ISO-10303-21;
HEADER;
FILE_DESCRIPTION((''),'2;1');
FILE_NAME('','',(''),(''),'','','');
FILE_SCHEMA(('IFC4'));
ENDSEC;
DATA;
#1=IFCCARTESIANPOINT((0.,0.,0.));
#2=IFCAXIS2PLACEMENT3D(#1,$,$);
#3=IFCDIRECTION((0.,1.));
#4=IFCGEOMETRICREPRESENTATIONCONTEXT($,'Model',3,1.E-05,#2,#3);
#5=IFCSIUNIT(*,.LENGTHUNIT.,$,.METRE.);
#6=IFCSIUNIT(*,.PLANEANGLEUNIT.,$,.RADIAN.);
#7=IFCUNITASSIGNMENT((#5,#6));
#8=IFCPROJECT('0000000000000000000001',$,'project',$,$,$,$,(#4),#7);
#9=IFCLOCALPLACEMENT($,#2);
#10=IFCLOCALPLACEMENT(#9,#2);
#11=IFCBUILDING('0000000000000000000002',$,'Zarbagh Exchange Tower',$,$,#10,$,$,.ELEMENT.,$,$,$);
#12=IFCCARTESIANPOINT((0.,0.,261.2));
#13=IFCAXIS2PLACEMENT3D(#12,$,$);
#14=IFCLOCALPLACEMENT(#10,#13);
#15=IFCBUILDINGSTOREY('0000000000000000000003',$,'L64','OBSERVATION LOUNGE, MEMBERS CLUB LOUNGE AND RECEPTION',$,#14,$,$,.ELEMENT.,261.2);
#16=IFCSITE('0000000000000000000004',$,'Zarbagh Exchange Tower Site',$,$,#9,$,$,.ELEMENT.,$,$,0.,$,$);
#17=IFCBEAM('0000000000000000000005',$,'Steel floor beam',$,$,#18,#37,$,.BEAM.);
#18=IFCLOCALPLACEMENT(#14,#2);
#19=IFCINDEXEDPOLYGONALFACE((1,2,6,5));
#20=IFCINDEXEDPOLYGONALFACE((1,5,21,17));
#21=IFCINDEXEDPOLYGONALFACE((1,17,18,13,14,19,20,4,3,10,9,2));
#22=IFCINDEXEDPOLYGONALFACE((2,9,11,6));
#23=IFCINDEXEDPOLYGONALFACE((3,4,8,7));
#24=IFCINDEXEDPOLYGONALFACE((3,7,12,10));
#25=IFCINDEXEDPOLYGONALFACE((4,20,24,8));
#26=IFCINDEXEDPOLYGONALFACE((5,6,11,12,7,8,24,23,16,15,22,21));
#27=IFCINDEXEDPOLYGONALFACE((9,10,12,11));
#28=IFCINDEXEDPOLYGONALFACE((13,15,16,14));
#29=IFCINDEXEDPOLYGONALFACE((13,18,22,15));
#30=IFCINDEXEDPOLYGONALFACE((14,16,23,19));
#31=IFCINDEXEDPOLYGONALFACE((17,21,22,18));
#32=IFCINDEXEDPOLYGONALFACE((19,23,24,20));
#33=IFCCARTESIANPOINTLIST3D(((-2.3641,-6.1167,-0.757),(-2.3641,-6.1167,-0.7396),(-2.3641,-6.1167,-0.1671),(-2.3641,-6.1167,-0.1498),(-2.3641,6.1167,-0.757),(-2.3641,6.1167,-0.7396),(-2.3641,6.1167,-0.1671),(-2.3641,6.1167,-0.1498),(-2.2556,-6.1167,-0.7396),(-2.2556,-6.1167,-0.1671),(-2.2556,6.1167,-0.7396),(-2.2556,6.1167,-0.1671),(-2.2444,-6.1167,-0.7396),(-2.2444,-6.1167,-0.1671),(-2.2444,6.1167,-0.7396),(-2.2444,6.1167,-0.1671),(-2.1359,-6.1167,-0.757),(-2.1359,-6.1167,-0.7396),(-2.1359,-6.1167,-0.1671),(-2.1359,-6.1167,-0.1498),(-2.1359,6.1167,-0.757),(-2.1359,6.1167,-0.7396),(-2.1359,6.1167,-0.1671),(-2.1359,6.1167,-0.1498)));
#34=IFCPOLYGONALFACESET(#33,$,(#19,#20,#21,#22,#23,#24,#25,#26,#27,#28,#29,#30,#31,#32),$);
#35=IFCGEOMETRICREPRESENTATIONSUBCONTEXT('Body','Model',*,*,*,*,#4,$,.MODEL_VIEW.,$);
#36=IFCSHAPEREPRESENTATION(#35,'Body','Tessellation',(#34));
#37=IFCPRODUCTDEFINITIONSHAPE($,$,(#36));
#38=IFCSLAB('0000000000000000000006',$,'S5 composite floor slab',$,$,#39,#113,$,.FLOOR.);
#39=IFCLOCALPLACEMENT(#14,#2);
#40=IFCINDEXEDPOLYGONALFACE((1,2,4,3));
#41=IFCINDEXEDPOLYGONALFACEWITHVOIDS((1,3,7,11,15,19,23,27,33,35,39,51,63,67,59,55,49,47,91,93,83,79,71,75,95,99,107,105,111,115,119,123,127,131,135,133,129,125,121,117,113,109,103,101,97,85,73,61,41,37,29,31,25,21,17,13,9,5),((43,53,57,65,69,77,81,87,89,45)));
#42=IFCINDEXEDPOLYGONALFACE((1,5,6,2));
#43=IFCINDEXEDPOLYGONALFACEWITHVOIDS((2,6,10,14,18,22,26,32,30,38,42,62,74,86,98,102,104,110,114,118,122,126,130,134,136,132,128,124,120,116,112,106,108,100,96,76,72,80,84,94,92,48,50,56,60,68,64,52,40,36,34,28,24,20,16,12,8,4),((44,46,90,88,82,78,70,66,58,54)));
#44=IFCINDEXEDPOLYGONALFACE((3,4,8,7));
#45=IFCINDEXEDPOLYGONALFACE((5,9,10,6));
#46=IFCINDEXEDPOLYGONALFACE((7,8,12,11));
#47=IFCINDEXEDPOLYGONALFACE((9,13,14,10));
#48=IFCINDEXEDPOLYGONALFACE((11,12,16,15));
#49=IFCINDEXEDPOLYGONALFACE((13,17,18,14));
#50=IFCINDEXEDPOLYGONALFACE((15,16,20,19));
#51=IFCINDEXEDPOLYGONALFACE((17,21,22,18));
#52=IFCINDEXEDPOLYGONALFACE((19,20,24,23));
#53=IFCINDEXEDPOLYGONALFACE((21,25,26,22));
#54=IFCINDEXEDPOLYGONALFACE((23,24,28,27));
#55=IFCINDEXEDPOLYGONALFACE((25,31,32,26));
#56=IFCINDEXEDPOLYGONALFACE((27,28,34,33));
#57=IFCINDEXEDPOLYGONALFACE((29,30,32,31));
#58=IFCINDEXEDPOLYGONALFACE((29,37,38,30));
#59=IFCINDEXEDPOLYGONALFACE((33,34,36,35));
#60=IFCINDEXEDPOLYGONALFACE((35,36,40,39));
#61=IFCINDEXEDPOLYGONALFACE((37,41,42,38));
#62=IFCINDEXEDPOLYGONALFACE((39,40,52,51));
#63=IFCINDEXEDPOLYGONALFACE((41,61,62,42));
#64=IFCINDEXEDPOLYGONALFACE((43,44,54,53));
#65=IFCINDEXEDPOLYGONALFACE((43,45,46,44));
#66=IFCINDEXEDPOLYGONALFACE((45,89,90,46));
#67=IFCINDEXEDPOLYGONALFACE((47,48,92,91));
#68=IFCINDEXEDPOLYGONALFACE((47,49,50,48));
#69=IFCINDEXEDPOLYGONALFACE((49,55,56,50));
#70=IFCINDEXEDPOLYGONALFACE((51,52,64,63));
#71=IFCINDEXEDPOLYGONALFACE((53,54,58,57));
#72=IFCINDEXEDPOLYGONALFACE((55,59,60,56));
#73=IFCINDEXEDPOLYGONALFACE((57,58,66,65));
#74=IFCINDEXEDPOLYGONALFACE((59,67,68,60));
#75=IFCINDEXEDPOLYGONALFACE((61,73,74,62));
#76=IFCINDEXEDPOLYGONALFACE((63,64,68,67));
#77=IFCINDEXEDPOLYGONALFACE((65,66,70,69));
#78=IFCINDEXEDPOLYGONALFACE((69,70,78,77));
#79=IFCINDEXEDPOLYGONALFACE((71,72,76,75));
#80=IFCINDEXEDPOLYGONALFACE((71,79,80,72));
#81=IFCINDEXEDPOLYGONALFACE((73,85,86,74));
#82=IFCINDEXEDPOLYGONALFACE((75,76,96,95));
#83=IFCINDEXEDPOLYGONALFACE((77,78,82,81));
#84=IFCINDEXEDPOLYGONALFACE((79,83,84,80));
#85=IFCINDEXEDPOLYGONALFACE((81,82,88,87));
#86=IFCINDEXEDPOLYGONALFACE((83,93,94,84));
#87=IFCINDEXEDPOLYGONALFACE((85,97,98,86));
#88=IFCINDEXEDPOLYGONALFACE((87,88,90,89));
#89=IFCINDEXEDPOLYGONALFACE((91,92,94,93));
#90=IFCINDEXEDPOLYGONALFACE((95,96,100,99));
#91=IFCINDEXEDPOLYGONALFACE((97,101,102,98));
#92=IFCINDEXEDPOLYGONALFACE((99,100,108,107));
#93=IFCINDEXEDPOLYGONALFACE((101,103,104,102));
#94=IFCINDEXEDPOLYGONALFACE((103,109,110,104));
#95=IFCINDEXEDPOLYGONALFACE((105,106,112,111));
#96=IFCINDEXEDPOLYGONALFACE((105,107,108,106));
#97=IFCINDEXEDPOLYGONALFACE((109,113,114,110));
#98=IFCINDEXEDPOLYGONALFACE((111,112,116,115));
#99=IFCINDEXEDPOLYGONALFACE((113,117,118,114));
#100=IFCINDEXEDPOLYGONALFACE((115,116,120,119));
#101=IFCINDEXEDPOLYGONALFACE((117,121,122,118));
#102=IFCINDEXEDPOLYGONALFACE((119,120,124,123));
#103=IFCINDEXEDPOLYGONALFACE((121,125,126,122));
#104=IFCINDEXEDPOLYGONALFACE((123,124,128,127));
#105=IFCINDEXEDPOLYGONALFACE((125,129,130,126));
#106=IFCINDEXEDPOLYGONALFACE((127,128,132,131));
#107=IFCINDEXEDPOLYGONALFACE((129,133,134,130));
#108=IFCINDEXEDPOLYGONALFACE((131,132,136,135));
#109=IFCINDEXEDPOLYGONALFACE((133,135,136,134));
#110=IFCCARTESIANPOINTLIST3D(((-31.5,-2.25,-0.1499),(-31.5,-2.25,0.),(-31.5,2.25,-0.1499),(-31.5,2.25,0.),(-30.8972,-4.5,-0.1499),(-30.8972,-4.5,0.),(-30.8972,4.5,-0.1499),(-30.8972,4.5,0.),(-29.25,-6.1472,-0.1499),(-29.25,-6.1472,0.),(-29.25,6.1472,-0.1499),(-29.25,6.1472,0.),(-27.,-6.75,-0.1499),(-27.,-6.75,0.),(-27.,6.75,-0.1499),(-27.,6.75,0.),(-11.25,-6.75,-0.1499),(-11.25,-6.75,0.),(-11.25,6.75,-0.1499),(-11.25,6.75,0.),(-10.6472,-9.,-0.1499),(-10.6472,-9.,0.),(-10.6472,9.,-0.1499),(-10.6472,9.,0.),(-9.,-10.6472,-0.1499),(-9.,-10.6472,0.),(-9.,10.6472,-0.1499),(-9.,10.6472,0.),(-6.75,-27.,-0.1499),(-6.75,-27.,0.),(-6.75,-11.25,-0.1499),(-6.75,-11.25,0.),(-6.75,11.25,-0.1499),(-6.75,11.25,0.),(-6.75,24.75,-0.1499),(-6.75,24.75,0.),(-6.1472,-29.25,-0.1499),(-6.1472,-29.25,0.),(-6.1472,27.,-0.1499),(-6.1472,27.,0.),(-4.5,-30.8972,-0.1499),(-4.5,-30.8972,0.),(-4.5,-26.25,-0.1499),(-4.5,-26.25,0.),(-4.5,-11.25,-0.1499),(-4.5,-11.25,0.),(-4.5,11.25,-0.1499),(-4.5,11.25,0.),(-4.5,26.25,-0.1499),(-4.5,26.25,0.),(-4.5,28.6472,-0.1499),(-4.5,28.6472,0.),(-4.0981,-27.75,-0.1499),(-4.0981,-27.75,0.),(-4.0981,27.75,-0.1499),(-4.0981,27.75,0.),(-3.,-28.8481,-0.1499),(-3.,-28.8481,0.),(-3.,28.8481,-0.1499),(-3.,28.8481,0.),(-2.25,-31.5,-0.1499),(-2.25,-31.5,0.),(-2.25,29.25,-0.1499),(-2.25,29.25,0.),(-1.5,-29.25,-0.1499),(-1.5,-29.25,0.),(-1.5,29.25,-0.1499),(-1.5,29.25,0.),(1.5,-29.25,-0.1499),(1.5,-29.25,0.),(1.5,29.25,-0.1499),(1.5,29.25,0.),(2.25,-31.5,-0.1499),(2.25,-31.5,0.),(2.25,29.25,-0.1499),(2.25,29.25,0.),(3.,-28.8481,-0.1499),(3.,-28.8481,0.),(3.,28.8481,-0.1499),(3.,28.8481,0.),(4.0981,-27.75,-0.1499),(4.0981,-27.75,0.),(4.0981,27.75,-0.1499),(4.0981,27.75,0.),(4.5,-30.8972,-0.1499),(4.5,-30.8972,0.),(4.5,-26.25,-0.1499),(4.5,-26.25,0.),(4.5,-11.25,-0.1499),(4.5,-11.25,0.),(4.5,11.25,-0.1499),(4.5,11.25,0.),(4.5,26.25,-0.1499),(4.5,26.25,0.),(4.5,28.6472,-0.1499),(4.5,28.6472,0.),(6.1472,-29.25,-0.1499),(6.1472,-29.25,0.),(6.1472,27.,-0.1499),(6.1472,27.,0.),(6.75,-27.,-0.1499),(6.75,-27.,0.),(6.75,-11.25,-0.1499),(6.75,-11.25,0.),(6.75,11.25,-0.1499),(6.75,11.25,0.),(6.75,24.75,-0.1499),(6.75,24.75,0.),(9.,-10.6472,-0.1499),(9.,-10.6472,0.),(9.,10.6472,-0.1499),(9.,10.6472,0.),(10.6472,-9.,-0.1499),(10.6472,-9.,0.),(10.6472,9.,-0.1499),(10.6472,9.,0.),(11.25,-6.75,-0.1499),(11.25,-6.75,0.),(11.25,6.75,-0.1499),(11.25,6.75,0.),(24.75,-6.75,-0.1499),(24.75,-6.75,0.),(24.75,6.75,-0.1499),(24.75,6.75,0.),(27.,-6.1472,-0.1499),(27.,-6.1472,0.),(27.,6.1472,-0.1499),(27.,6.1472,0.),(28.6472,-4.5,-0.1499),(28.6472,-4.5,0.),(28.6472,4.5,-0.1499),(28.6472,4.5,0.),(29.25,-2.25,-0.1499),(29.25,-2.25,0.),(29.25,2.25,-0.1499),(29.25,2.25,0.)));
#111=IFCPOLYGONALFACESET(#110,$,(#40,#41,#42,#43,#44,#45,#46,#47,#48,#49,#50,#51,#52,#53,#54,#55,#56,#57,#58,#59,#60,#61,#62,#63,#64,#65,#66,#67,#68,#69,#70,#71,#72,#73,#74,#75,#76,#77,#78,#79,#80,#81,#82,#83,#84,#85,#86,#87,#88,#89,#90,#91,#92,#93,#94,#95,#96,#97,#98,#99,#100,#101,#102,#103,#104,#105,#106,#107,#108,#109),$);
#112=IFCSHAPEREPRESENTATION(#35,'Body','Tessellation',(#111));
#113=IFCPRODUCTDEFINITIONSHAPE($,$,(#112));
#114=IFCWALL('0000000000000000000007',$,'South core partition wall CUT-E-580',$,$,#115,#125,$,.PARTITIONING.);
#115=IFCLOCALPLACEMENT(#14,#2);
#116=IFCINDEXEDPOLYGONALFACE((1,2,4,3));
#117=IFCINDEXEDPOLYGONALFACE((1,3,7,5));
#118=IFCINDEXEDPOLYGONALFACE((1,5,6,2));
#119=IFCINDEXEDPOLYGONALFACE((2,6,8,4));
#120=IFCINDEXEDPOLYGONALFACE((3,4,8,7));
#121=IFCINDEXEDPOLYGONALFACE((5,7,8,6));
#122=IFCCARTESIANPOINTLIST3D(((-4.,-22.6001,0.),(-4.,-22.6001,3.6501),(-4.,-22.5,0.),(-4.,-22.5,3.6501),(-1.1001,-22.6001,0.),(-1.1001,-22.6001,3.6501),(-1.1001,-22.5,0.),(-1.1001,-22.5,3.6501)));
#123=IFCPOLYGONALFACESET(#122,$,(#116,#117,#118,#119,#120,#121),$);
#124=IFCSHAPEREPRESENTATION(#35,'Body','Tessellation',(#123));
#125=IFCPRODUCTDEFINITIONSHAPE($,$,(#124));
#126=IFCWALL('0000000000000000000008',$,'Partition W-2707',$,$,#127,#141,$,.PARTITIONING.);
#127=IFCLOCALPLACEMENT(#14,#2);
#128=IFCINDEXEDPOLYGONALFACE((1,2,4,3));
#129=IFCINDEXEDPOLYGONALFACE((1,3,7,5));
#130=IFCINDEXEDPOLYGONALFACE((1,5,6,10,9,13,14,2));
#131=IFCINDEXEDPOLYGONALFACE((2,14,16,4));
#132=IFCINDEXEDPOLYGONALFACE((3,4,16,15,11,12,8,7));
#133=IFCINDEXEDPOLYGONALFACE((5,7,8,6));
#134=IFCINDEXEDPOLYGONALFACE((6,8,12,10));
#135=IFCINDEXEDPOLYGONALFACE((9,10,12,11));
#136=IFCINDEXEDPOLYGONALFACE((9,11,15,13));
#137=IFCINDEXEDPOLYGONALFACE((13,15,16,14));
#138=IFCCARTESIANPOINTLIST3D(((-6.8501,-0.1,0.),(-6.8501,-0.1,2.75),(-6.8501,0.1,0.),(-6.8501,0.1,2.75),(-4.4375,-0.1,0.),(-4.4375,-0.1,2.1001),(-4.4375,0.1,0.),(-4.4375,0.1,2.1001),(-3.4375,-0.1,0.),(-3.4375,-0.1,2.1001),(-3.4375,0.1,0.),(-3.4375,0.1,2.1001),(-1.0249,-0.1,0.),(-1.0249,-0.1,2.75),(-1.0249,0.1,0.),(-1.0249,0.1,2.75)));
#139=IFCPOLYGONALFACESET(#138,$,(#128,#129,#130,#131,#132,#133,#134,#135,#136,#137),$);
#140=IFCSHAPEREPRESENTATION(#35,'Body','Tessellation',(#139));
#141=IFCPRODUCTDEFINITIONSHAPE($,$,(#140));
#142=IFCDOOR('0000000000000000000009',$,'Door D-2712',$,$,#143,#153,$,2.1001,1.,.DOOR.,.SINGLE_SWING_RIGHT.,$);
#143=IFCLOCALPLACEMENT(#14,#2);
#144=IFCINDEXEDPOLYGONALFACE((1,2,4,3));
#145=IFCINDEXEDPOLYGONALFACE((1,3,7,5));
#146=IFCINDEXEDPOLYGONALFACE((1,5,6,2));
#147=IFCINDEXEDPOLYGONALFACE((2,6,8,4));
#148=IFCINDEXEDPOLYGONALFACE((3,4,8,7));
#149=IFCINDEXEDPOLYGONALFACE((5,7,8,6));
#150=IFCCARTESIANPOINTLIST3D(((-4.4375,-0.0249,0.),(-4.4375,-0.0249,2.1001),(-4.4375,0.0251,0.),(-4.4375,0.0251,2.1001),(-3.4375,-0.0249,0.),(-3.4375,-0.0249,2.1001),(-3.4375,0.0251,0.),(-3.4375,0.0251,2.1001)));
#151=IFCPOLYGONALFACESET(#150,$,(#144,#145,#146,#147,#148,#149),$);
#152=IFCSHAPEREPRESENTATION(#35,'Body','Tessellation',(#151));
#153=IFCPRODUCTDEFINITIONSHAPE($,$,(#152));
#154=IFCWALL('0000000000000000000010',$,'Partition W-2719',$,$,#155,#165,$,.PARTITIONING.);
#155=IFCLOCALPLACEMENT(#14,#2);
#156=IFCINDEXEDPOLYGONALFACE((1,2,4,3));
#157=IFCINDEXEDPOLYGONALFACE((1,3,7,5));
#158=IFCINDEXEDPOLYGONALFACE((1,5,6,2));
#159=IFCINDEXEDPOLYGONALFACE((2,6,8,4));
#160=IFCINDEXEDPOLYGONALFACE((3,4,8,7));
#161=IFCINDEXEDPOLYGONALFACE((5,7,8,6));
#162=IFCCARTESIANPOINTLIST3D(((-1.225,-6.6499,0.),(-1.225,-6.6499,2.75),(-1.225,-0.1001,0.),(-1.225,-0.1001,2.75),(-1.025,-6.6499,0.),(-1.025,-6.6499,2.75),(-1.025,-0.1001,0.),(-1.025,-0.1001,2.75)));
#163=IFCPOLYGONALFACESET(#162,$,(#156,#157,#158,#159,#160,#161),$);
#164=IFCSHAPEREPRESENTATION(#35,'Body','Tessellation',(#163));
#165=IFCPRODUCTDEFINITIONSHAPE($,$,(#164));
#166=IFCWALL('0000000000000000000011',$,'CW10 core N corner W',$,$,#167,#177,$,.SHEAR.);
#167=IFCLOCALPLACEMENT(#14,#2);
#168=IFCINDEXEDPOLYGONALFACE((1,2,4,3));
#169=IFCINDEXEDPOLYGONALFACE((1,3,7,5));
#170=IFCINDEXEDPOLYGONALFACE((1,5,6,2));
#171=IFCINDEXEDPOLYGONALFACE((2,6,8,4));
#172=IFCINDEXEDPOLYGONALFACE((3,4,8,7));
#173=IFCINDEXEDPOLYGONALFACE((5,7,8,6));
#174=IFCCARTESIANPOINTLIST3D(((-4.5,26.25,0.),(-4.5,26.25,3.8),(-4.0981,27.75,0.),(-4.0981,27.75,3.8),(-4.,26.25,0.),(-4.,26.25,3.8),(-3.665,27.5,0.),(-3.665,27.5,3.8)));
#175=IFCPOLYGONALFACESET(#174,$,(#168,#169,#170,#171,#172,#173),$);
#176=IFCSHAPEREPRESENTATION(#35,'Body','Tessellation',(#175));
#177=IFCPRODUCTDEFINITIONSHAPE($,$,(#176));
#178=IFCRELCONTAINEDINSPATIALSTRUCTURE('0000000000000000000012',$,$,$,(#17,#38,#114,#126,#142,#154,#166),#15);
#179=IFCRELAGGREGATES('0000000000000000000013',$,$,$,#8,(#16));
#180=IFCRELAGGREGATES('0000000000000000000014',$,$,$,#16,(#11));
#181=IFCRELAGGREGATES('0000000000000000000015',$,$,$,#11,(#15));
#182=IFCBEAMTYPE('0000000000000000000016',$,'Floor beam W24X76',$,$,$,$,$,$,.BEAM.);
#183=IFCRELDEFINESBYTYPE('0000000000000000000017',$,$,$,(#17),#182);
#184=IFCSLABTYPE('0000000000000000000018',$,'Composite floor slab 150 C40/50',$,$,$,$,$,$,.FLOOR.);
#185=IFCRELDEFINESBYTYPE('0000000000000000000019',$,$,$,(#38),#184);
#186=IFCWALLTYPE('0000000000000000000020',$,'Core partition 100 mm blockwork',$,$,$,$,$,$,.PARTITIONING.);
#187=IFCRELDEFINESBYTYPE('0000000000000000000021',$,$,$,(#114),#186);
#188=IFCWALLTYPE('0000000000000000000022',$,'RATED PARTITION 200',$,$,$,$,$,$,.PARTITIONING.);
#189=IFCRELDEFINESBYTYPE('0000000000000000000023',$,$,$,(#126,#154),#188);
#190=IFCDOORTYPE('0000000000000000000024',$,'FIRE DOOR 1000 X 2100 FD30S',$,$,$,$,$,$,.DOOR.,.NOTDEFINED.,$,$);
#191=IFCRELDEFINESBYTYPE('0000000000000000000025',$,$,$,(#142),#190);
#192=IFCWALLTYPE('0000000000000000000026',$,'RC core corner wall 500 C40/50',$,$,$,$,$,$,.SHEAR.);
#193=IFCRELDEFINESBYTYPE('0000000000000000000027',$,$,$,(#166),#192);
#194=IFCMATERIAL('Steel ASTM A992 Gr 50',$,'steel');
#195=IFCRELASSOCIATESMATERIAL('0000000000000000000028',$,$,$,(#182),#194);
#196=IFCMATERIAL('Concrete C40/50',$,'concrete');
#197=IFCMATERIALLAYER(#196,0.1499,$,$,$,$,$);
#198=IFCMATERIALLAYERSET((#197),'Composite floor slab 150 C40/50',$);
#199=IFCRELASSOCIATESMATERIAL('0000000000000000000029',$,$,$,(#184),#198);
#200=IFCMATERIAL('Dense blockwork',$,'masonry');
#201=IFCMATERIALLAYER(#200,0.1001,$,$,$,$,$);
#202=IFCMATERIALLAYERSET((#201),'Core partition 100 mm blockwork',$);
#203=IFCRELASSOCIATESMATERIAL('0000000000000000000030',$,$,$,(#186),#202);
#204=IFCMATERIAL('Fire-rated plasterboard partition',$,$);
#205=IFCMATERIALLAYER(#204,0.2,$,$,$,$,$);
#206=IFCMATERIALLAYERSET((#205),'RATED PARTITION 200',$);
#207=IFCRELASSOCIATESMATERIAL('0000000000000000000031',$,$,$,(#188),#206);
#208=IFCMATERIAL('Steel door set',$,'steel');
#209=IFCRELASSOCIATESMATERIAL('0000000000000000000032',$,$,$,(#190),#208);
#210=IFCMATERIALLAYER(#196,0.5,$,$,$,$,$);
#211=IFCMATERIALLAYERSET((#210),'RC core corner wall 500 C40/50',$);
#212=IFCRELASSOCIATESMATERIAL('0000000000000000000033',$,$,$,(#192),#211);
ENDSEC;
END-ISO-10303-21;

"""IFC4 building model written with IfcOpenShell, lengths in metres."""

from ifc_helpers import new_model, si_unit, direction, frame, frame_2d, origin, origin_2d, place, context, subcontext, project, spatial, polyline, rectangle, i_section, outline, extrude, material, layer, layer_set, material_profile, profile_set, type_object, element, fill, save


model = new_model("IFC4")

# Units and contexts
model_context = context("Model", 3, precision=1e-05, world=origin(), true_north=direction((0.0, 1.0)))
body_context = subcontext(model_context, "Body", "Model", "MODEL_VIEW")
ifc_project = project(units=[si_unit("LENGTHUNIT", "METRE"), si_unit("PLANEANGLEUNIT", "RADIAN")], contexts=[model_context])

# Site, building, storey
site_placement = place(None, origin())
site = spatial("IfcSite", under=ifc_project, at=site_placement, Name="Zarbagh Exchange Tower Site", CompositionType="ELEMENT", RefElevation=0.0)
building_placement = place(site_placement, origin())
building = spatial("IfcBuilding", under=site, at=building_placement, Name="Zarbagh Exchange Tower", CompositionType="ELEMENT")
storey_placement = place(building_placement, frame((0.0, 0.0, 261.2)))
storey = spatial("IfcBuildingStorey", under=building, at=storey_placement, Name="L64", Description="OBSERVATION LOUNGE, MEMBERS CLUB LOUNGE AND RECEPTION", CompositionType="ELEMENT", Elevation=261.2)

# Beam
ifc_material_1 = material(Name="Steel ASTM A992 Gr 50", Category="steel")
ifc_material_profile = material_profile(ifc_material_1, i_section(OverallWidth=0.2283, OverallDepth=0.6072, WebThickness=0.0112, FlangeThickness=0.0173, at=origin_2d()), Name="W24X76")
ifc_profile_set = profile_set([ifc_material_profile], Name="Steel ASTM A992 Gr 50")
beam_type = type_object("IfcBeamType", Name="Floor beam W24X76", PredefinedType="BEAM", material=ifc_profile_set)
beam_placement = place(storey_placement, frame((-2.25, -6.1167, -0.4534), z_axis=(0.0, 1.0, 0.0), x_axis=(-1.0, 0.0, 0.0)))
element("IfcBeam", 1, at=beam_placement, inside=storey, type_object=beam_type, Name="Steel floor beam", PredefinedType="BEAM", context=body_context, shape_type="SweptSolid", body=[
    extrude(i_section(OverallWidth=0.2283, OverallDepth=0.6072, WebThickness=0.0112, FlangeThickness=0.0173, at=origin_2d()), origin(), (0.0, 0.0, 1.0), 12.2334),
])

# Slab
ifc_material_2 = material(Name="Concrete C40/50", Category="concrete")
ifc_layer_1 = layer(ifc_material_2, 0.1499)
ifc_layer_set_1 = layer_set([ifc_layer_1], Name="Composite floor slab 150 C40/50")
slab_type = type_object("IfcSlabType", Name="Composite floor slab 150 C40/50", PredefinedType="FLOOR", material=ifc_layer_set_1)
slab_placement = place(storey_placement, frame((0.0, 0.0, -0.1499)))
element("IfcSlab", 2, at=slab_placement, inside=storey, type_object=slab_type, Name="S5 composite floor slab", PredefinedType="FLOOR", context=body_context, shape_type="SweptSolid", body=[
    extrude(outline(polyline([(-2.25, -31.5), (-4.5, -30.8972), (-6.1472, -29.25), (-6.75, -27.0), (-6.75, -11.25), (-9.0, -10.6472), (-10.6472, -9.0), (-11.25, -6.75), (-27.0, -6.75), (-29.25, -6.1472), (-30.8972, -4.5), (-31.5, -2.25), (-31.5, 2.25), (-30.8972, 4.5), (-29.25, 6.1472), (-27.0, 6.75), (-11.25, 6.75), (-10.6472, 9.0), (-9.0, 10.6472), (-6.75, 11.25), (-6.75, 24.75), (-6.1472, 27.0), (-4.5, 28.6472), (-2.25, 29.25), (-1.5, 29.25), (-3.0, 28.8481), (-4.0981, 27.75), (-4.5, 26.25), (-4.5, 11.25), (4.5, 11.25), (4.5, 26.25), (4.0981, 27.75), (3.0, 28.8481), (1.5, 29.25), (2.25, 29.25), (4.5, 28.6472), (6.1472, 27.0), (6.75, 24.75), (6.75, 11.25), (9.0, 10.6472), (10.6472, 9.0), (11.25, 6.75), (24.75, 6.75), (27.0, 6.1472), (28.6472, 4.5), (29.25, 2.25), (29.25, -2.25), (28.6472, -4.5), (27.0, -6.1472), (24.75, -6.75), (11.25, -6.75), (10.6472, -9.0), (9.0, -10.6472), (6.75, -11.25), (6.75, -27.0), (6.1472, -29.25), (4.5, -30.8972), (2.25, -31.5), (-2.25, -31.5)]), holes=[polyline([(-1.5, -29.25), (1.5, -29.25), (3.0, -28.8481), (4.0981, -27.75), (4.5, -26.25), (4.5, -11.25), (-4.5, -11.25), (-4.5, -26.25), (-4.0981, -27.75), (-3.0, -28.8481), (-1.5, -29.25)])]), origin(), (0.0, 0.0, 1.0), 0.1499),
])

# Wall
ifc_material_3 = material(Name="Dense blockwork", Category="masonry")
ifc_layer_2 = layer(ifc_material_3, 0.1001)
ifc_layer_set_2 = layer_set([ifc_layer_2], Name="Core partition 100 mm blockwork")
wall_type_1 = type_object("IfcWallType", Name="Core partition 100 mm blockwork", PredefinedType="PARTITIONING", material=ifc_layer_set_2)
wall_1_placement = place(storey_placement, frame((-1.1001, -22.55, 0.0), z_axis=(0.0, 0.0, 1.0), x_axis=(-1.0, 0.0, 0.0)))
element("IfcWall", 3, at=wall_1_placement, inside=storey, type_object=wall_type_1, Name="South core partition wall CUT-E-580", PredefinedType="PARTITIONING", context=body_context, shape_type="SweptSolid", body=[
    extrude(rectangle(XDim=2.8999, YDim=0.1001, at=frame_2d((1.45, 0.0))), origin(), (0.0, 0.0, 1.0), 3.6501),
])

# Wall, opening, door
ifc_material_4 = material(Name="Fire-rated plasterboard partition")
ifc_layer_3 = layer(ifc_material_4, 0.2)
ifc_layer_set_3 = layer_set([ifc_layer_3], Name="RATED PARTITION 200")
wall_type_2 = type_object("IfcWallType", Name="RATED PARTITION 200", PredefinedType="PARTITIONING", material=ifc_layer_set_3)
wall_2_placement = place(storey_placement, frame((-1.0249, 0.0, 0.0), z_axis=(0.0, 0.0, 1.0), x_axis=(-1.0, 0.0, 0.0)))
wall_2 = element("IfcWall", 4, at=wall_2_placement, inside=storey, type_object=wall_type_2, Name="Partition W-2707", PredefinedType="PARTITIONING", context=body_context, shape_type="SweptSolid", body=[
    extrude(rectangle(XDim=5.8252, YDim=0.2, at=frame_2d((2.9126, 0.0))), origin(), (0.0, 0.0, 1.0), 2.75),
])
opening_1_placement = place(wall_2_placement, frame((2.4126, 0.0, 0.0)))
opening_1 = element("IfcOpeningElement", 5, at=opening_1_placement, cuts=wall_2, PredefinedType="OPENING", context=body_context, shape_type="SweptSolid", body=[
    extrude(rectangle(XDim=1.0, YDim=2.1001, at=frame_2d((0.5, 1.05))), frame((0.0, 0.1099, 0.0), z_axis=(0.0, -1.0, 0.0), x_axis=(1.0, 0.0, 0.0)), (0.0, 0.0, 1.0), 0.22),
])
ifc_material_5 = material(Name="Steel door set", Category="steel")
door_type_1 = type_object("IfcDoorType", Name="FIRE DOOR 1000 X 2100 FD30S", OperationType="NOTDEFINED", PredefinedType="DOOR", material=ifc_material_5)
door_1_placement = place(opening_1_placement, origin())
door_1 = element("IfcDoor", 6, at=door_1_placement, inside=storey, type_object=door_type_1, Name="Door D-2712", OperationType="SINGLE_SWING_RIGHT", OverallHeight=2.1001, OverallWidth=1.0, PredefinedType="DOOR", context=body_context, shape_type="SweptSolid", body=[
    extrude(rectangle(XDim=1.0, YDim=2.1001, at=frame_2d((0.5, 1.05))), frame((0.0, 0.0249, 0.0), z_axis=(0.0, -1.0, 0.0), x_axis=(1.0, 0.0, 0.0)), (0.0, 0.0, 1.0), 0.05),
])
fill(opening_1, door_1)

# Walls
wall_3_placement = place(storey_placement, frame((-1.125, -6.6499, 0.0), z_axis=(0.0, 0.0, 1.0), x_axis=(0.0, 1.0, 0.0)))
element("IfcWall", 7, at=wall_3_placement, inside=storey, type_object=wall_type_2, Name="Partition W-2719", PredefinedType="PARTITIONING", context=body_context, shape_type="SweptSolid", body=[
    extrude(rectangle(XDim=6.5498, YDim=0.2, at=frame_2d((3.2749, 0.0))), origin(), (0.0, 0.0, 1.0), 2.75),
])
ifc_layer_4 = layer(ifc_material_2, 0.5)
ifc_layer_set_4 = layer_set([ifc_layer_4], Name="RC core corner wall 500 C40/50")
wall_type_3 = type_object("IfcWallType", Name="RC core corner wall 500 C40/50", PredefinedType="SHEAR", material=ifc_layer_set_4)
wall_4_placement = place(storey_placement, origin())
element("IfcWall", 8, at=wall_4_placement, inside=storey, type_object=wall_type_3, Name="CW10 core N corner W", PredefinedType="SHEAR", context=body_context, shape_type="SweptSolid", body=[
    extrude(outline(polyline([(-4.5, 26.25), (-4.0981, 27.75), (-3.665, 27.5), (-4.0, 26.25), (-4.5, 26.25)])), origin(), (0.0, 0.0, 1.0), 3.8),
])

save(model, "model.ifc")
